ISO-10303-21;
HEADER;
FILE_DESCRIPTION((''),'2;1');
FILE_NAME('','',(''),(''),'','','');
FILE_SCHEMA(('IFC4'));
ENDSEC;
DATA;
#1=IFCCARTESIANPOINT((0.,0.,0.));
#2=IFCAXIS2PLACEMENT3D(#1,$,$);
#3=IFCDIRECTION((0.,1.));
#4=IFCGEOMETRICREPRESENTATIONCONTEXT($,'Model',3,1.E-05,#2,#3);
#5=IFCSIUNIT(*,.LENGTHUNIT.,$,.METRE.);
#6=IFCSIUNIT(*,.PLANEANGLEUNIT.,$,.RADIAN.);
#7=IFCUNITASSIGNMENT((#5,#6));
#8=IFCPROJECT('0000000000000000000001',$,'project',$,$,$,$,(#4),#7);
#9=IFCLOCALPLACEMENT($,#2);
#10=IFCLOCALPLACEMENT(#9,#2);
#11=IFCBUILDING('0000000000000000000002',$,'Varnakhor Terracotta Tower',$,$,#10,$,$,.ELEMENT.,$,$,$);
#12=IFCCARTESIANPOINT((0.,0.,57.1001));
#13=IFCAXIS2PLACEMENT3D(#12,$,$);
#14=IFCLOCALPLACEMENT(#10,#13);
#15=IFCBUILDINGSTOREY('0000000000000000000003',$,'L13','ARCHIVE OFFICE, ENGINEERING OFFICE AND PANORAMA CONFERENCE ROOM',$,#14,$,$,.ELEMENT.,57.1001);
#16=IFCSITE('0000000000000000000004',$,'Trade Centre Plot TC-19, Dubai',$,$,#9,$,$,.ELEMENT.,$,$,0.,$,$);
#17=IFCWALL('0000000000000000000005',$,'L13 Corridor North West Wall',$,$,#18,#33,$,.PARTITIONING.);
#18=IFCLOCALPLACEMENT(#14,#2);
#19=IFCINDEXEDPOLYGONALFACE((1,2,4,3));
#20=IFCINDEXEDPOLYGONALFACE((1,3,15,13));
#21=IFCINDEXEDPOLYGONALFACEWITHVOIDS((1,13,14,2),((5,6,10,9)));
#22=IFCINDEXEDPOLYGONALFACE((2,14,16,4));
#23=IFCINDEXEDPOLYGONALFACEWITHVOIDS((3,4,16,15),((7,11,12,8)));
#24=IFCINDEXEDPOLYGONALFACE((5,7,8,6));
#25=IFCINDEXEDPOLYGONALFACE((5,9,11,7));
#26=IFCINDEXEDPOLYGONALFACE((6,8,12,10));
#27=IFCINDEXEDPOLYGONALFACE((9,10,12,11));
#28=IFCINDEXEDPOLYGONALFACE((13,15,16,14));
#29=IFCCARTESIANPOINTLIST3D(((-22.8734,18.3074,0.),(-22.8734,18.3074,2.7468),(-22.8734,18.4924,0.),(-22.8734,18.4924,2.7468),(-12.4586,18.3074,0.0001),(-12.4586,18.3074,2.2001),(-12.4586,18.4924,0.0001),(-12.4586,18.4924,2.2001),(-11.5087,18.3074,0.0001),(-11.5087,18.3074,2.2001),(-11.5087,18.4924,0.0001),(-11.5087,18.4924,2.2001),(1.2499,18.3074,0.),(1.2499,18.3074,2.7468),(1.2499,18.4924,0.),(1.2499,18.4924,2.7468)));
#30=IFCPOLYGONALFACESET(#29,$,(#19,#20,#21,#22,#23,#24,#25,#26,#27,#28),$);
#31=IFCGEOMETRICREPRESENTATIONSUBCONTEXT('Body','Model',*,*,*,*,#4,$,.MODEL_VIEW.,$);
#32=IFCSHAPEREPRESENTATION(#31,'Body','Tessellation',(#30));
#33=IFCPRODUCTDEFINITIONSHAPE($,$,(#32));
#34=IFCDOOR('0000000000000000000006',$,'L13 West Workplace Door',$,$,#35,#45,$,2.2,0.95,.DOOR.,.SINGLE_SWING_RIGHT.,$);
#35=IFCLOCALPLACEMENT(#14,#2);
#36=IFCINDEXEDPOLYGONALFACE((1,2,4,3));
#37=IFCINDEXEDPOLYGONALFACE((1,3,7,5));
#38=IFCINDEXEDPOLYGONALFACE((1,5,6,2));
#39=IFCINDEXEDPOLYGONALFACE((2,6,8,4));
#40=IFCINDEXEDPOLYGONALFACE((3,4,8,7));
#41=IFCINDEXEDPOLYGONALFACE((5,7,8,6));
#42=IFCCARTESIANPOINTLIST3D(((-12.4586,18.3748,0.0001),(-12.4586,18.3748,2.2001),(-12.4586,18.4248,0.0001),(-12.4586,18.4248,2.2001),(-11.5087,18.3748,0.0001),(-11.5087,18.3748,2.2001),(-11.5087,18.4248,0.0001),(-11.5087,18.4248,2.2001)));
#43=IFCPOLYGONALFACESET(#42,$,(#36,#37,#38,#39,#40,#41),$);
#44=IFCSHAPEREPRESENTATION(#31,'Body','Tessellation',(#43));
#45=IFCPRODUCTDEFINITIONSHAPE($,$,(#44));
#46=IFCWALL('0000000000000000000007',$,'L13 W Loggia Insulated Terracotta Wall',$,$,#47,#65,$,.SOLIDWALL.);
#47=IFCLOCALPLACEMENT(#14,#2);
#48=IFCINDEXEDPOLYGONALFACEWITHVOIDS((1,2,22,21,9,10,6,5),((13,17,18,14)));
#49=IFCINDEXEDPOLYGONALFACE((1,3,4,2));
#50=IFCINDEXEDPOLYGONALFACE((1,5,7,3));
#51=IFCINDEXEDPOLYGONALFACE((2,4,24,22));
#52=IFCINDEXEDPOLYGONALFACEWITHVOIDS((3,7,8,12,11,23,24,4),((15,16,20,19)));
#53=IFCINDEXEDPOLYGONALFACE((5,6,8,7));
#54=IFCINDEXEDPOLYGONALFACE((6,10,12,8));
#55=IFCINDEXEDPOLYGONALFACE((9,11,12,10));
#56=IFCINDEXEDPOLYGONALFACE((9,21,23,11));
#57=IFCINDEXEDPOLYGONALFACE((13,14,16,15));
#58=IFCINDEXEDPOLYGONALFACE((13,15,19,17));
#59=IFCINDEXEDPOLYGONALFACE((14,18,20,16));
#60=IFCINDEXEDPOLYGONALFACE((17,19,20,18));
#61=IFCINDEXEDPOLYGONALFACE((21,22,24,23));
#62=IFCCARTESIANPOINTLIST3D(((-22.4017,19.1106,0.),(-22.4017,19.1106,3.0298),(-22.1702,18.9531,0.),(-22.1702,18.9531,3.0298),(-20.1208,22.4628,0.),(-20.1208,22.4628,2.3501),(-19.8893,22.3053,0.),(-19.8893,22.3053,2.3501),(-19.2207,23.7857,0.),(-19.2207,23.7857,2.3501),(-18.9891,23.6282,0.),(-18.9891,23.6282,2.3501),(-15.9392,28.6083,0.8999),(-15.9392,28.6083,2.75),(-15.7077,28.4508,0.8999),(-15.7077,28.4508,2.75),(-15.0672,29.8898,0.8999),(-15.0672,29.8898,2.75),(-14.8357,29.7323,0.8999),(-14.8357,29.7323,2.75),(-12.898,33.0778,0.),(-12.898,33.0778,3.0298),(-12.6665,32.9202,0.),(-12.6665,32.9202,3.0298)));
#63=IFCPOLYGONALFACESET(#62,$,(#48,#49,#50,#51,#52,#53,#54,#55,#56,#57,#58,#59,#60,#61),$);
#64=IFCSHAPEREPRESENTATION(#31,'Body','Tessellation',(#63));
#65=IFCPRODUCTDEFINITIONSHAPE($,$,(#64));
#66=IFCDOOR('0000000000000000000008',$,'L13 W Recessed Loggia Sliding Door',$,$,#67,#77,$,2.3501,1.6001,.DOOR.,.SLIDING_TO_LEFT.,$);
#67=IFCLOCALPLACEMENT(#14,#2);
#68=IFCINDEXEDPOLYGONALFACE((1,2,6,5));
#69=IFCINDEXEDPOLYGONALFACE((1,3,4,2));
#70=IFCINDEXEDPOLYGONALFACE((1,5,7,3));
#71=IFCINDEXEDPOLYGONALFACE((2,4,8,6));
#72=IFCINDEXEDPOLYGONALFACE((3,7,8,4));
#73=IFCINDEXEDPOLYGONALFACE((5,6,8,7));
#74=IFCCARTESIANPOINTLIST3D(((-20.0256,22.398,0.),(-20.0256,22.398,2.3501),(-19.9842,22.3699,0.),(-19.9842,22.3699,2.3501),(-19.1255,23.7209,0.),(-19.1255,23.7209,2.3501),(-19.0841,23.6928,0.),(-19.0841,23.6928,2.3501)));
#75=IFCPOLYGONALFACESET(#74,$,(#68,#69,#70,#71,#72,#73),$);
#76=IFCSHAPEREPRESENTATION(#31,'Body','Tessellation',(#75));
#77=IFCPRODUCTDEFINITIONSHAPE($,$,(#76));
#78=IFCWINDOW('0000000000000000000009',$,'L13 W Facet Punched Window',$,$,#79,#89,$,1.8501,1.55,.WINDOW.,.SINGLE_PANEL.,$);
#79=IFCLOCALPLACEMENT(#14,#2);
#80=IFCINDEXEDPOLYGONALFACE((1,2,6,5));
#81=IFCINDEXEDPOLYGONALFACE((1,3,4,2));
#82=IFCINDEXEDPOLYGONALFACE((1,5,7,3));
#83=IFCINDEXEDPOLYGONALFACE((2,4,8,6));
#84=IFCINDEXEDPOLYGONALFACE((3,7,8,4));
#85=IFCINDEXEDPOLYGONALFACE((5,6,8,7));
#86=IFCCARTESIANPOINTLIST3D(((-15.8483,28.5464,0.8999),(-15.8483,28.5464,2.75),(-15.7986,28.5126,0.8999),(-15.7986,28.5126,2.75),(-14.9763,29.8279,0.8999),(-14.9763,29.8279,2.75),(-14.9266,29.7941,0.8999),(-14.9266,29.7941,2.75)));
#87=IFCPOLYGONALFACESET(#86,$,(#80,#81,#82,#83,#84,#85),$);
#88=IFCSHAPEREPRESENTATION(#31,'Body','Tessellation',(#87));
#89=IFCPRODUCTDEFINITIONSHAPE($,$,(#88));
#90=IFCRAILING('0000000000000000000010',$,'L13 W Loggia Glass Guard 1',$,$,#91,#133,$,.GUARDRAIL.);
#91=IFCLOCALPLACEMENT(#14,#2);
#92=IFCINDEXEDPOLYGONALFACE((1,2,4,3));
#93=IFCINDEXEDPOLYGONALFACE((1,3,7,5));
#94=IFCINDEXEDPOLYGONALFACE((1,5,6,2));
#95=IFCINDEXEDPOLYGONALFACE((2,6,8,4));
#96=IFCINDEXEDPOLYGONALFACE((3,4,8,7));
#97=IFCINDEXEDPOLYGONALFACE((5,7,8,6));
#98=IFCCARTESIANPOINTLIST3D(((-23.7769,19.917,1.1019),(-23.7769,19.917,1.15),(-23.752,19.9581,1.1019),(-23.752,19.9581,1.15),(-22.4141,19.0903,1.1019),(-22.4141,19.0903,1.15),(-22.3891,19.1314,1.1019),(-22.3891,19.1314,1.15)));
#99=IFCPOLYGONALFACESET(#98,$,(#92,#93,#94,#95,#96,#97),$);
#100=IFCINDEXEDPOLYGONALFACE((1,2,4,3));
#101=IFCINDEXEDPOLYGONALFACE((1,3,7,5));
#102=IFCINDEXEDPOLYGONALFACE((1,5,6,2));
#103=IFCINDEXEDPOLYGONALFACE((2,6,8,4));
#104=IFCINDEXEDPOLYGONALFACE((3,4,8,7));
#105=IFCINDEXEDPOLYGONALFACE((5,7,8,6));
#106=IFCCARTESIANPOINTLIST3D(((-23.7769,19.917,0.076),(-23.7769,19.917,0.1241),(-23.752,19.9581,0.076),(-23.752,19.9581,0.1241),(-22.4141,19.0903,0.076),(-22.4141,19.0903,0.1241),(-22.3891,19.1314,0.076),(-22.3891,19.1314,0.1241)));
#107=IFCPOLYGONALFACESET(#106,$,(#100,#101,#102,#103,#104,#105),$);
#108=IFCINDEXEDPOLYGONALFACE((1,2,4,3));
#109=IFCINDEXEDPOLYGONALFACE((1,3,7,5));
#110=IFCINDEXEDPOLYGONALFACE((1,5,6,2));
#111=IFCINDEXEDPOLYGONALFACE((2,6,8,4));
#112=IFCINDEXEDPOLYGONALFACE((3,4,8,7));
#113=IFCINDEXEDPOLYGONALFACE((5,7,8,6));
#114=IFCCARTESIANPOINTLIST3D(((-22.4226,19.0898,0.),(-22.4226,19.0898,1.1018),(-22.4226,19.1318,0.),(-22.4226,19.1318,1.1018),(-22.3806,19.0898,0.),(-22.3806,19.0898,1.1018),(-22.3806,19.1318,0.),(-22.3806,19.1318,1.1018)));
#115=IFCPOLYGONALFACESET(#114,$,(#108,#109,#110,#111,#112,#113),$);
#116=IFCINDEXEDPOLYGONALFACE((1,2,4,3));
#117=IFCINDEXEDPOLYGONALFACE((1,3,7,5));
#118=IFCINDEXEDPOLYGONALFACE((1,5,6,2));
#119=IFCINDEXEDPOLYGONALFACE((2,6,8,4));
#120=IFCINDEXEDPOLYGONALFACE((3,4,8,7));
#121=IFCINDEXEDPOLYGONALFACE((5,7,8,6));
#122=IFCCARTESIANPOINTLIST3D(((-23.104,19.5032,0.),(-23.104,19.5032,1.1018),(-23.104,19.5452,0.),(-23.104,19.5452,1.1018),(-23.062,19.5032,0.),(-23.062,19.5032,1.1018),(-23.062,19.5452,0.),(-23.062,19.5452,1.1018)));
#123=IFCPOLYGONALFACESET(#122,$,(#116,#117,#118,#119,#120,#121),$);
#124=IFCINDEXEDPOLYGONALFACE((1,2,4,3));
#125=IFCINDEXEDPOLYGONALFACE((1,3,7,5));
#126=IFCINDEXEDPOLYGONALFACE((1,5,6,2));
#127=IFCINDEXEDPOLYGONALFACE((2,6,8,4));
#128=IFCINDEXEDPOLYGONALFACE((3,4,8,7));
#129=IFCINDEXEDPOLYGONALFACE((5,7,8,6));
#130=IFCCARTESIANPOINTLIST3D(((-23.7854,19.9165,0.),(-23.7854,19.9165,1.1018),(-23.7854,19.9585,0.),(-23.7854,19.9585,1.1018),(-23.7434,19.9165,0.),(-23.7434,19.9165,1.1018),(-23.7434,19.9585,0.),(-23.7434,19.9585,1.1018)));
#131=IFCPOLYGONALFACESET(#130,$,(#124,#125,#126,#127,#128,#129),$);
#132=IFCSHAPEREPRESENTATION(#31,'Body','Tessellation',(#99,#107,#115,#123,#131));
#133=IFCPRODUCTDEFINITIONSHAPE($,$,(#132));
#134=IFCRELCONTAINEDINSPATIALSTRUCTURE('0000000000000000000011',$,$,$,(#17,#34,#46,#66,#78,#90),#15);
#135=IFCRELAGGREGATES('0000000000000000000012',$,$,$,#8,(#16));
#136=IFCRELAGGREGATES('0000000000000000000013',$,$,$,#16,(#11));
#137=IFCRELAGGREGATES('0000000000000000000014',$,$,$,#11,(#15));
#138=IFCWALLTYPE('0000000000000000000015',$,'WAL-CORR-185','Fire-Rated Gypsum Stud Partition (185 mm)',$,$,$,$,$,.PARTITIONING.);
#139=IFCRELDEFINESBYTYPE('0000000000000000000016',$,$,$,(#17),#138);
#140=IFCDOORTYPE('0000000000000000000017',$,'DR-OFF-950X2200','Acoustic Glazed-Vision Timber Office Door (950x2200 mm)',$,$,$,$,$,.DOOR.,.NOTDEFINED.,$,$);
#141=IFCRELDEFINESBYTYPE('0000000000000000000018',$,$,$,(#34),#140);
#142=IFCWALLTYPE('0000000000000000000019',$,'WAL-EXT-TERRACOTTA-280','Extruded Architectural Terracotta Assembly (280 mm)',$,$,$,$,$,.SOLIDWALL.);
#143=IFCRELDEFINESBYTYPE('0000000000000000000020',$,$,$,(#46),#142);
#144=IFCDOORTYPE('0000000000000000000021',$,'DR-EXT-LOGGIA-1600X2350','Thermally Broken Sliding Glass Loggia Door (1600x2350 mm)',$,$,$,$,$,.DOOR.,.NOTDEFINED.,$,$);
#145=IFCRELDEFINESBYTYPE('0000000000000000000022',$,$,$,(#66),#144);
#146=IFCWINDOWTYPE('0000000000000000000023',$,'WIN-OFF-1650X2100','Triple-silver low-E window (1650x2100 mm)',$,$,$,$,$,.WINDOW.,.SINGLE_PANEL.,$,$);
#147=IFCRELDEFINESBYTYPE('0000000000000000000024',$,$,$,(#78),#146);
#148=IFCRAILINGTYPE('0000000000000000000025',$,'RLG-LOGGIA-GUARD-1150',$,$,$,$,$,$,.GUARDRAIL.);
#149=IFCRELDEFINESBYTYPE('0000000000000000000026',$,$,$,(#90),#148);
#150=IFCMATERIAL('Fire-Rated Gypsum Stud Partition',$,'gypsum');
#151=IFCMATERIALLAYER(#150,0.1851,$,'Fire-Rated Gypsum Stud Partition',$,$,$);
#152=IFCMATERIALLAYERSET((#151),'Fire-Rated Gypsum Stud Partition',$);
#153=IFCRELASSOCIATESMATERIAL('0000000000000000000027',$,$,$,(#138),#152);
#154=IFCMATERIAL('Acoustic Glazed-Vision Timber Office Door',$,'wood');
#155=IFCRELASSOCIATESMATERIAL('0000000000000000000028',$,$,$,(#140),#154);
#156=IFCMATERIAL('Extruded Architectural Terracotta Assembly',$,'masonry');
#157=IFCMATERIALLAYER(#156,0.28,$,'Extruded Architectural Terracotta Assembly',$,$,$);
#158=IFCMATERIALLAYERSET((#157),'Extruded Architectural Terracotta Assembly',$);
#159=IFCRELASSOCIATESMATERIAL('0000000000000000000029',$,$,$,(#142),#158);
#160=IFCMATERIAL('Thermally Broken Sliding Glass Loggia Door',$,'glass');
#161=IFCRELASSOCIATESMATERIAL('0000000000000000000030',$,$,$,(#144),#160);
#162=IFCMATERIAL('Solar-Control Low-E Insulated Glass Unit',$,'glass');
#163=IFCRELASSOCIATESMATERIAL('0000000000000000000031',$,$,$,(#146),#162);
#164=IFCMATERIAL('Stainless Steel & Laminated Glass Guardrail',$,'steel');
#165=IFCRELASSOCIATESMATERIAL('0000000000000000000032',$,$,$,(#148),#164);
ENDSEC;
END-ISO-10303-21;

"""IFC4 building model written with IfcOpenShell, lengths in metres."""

from ifc_helpers import new_model, si_unit, direction, frame, frame_2d, origin, origin_2d, place, context, subcontext, project, spatial, rectangle, extrude, source, transform, mapped, material, layer, layer_set, type_object, type_shapes, element, fill, save


model = new_model("IFC4")

# Units and contexts
model_context = context("Model", 3, precision=1e-05, world=origin(), true_north=direction((0.0, 1.0)))
body_context = subcontext(model_context, "Body", "Model", "MODEL_VIEW")
ifc_project = project(units=[si_unit("LENGTHUNIT", "METRE"), si_unit("PLANEANGLEUNIT", "RADIAN")], contexts=[model_context])

# Site, building, storey
site_placement = place(None, origin())
site = spatial("IfcSite", under=ifc_project, at=site_placement, Name="Trade Centre Plot TC-19, Dubai", CompositionType="ELEMENT", RefElevation=0.0)
building_placement = place(site_placement, origin())
building = spatial("IfcBuilding", under=site, at=building_placement, Name="Varnakhor Terracotta Tower", CompositionType="ELEMENT")
storey_placement = place(building_placement, frame((0.0, 0.0, 57.1001)))
storey = spatial("IfcBuildingStorey", under=building, at=storey_placement, Name="L13", Description="ARCHIVE OFFICE, ENGINEERING OFFICE AND PANORAMA CONFERENCE ROOM", CompositionType="ELEMENT", Elevation=57.1001)

# Wall, opening, door
ifc_material_1 = material(Name="Fire-Rated Gypsum Stud Partition", Category="gypsum")
ifc_layer_1 = layer(ifc_material_1, 0.1851, Name="Fire-Rated Gypsum Stud Partition")
ifc_layer_set_1 = layer_set([ifc_layer_1], Name="Fire-Rated Gypsum Stud Partition")
wall_type_1 = type_object("IfcWallType", Name="WAL-CORR-185", Description="Fire-Rated Gypsum Stud Partition (185 mm)", PredefinedType="PARTITIONING", material=ifc_layer_set_1)
ifc_material_2 = material(Name="Acoustic Glazed-Vision Timber Office Door", Category="wood")
door_type_1 = type_object("IfcDoorType", Name="DR-OFF-950X2200", Description="Acoustic Glazed-Vision Timber Office Door (950x2200 mm)", OperationType="NOTDEFINED", PredefinedType="DOOR", material=ifc_material_2)
shared_shape_1 = source(origin(), body_context, "Body", "SweptSolid", [
    extrude(rectangle(XDim=0.95, YDim=2.2, at=frame_2d((0.4751, 1.1001))), frame((0.0, 0.0249, 0.0), z_axis=(0.0, -1.0, 0.0), x_axis=(1.0, 0.0, 0.0)), (0.0, 0.0, 1.0), 0.05),
])
type_shapes(door_type_1, [shared_shape_1])
wall_1_placement = place(storey_placement, frame((-22.8733, 18.3999, 0.0), z_axis=(0.0, 0.0, 1.0), x_axis=(1.0, 0.0, 0.0)))
wall_1 = element("IfcWall", 1, at=wall_1_placement, inside=storey, type_object=wall_type_1, Name="L13 Corridor North West Wall", PredefinedType="PARTITIONING", context=body_context, shape_type="SweptSolid", body=[
    extrude(rectangle(XDim=24.1233, YDim=0.1851, at=frame_2d((12.0615, 0.0))), origin(), (0.0, 0.0, 1.0), 2.7468),
])
opening_1_placement = place(wall_1_placement, frame((10.4146, 0.0, 0.0)))
opening_1 = element("IfcOpeningElement", 2, at=opening_1_placement, cuts=wall_1, PredefinedType="OPENING", context=body_context, shape_type="SweptSolid", body=[
    extrude(rectangle(XDim=0.95, YDim=2.2, at=frame_2d((0.4751, 1.1001))), frame((0.0, 0.1025, 0.0), z_axis=(0.0, -1.0, 0.0), x_axis=(1.0, 0.0, 0.0)), (0.0, 0.0, 1.0), 0.2051),
])
door_1_placement = place(opening_1_placement, origin())
door_1 = element("IfcDoor", 3, at=door_1_placement, inside=storey, type_object=door_type_1, Name="L13 West Workplace Door", OperationType="SINGLE_SWING_RIGHT", OverallHeight=2.2, OverallWidth=0.95, PredefinedType="DOOR", context=body_context, shape_type="MappedRepresentation", body=[
    mapped(shared_shape_1, transform((0.0, 0.0, 0.0), scale=1.0)),
])
fill(opening_1, door_1)

# Wall, openings, door, window
ifc_material_3 = material(Name="Extruded Architectural Terracotta Assembly", Category="masonry")
ifc_layer_2 = layer(ifc_material_3, 0.28, Name="Extruded Architectural Terracotta Assembly")
ifc_layer_set_2 = layer_set([ifc_layer_2], Name="Extruded Architectural Terracotta Assembly")
wall_type_2 = type_object("IfcWallType", Name="WAL-EXT-TERRACOTTA-280", Description="Extruded Architectural Terracotta Assembly (280 mm)", PredefinedType="SOLIDWALL", material=ifc_layer_set_2)
wall_2_placement = place(storey_placement, frame((-22.2859, 19.032, 0.0), z_axis=(0.0, 0.0, 1.0), x_axis=(0.562556, 0.826759, 0.0)))
wall_2 = element("IfcWall", 4, at=wall_2_placement, inside=storey, type_object=wall_type_2, Name="L13 W Loggia Insulated Terracotta Wall", PredefinedType="SOLIDWALL", context=body_context, shape_type="SweptSolid", body=[
    extrude(rectangle(XDim=16.8938, YDim=0.28, at=frame_2d((8.4468, 0.0))), origin(), (0.0, 0.0, 1.0), 3.0298),
])
opening_2_placement = place(wall_2_placement, frame((4.0544, 0.0, 0.0)))
opening_2 = element("IfcOpeningElement", 5, at=opening_2_placement, cuts=wall_2, PredefinedType="OPENING", context=body_context, shape_type="SweptSolid", body=[
    extrude(rectangle(XDim=1.6001, YDim=2.3501, at=frame_2d((0.8, 1.175))), frame((0.0, 0.1499, 0.0), z_axis=(0.0, -1.0, 0.0), x_axis=(1.0, 0.0, 0.0)), (0.0, 0.0, 1.0), 0.3),
])
opening_3_placement = place(wall_2_placement, frame((11.4878, 0.0, 0.8999)))
opening_3 = element("IfcOpeningElement", 6, at=opening_3_placement, cuts=wall_2, PredefinedType="OPENING", context=body_context, shape_type="SweptSolid", body=[
    extrude(rectangle(XDim=1.55, YDim=1.8501, at=frame_2d((0.7749, 0.925))), frame((0.0, 0.1499, 0.0), z_axis=(0.0, -1.0, 0.0), x_axis=(1.0, 0.0, 0.0)), (0.0, 0.0, 1.0), 0.3),
])
ifc_material_4 = material(Name="Thermally Broken Sliding Glass Loggia Door", Category="glass")
door_type_2 = type_object("IfcDoorType", Name="DR-EXT-LOGGIA-1600X2350", Description="Thermally Broken Sliding Glass Loggia Door (1600x2350 mm)", OperationType="NOTDEFINED", PredefinedType="DOOR", material=ifc_material_4)
shared_shape_2 = source(origin(), body_context, "Body", "SweptSolid", [
    extrude(rectangle(XDim=1.6001, YDim=2.3501, at=frame_2d((0.8, 1.175))), frame((0.0, 0.0249, 0.0), z_axis=(0.0, -1.0, 0.0), x_axis=(1.0, 0.0, 0.0)), (0.0, 0.0, 1.0), 0.05),
])
type_shapes(door_type_2, [shared_shape_2])
door_2_placement = place(opening_2_placement, origin())
door_2 = element("IfcDoor", 7, at=door_2_placement, inside=storey, type_object=door_type_2, Name="L13 W Recessed Loggia Sliding Door", OperationType="SLIDING_TO_LEFT", OverallHeight=2.3501, OverallWidth=1.6001, PredefinedType="DOOR", context=body_context, shape_type="MappedRepresentation", body=[
    mapped(shared_shape_2, transform((0.0, 0.0, 0.0), scale=1.0)),
])
fill(opening_2, door_2)
ifc_material_5 = material(Name="Solar-Control Low-E Insulated Glass Unit", Category="glass")
window_type = type_object("IfcWindowType", Name="WIN-OFF-1650X2100", Description="Triple-silver low-E window (1650x2100 mm)", PartitioningType="SINGLE_PANEL", PredefinedType="WINDOW", material=ifc_material_5)
shared_shape_3 = source(origin(), body_context, "Body", "SweptSolid", [
    extrude(rectangle(XDim=1.55, YDim=1.8501, at=frame_2d((0.7749, 0.925))), frame((0.0, 0.03, 0.0), z_axis=(0.0, -1.0, 0.0), x_axis=(1.0, 0.0, 0.0)), (0.0, 0.0, 1.0), 0.0601),
])
type_shapes(window_type, [shared_shape_3])
window_placement = place(opening_3_placement, origin())
window = element("IfcWindow", 8, at=window_placement, inside=storey, type_object=window_type, Name="L13 W Facet Punched Window", OverallHeight=1.8501, OverallWidth=1.55, PartitioningType="SINGLE_PANEL", PredefinedType="WINDOW", context=body_context, shape_type="MappedRepresentation", body=[
    mapped(shared_shape_3, transform((0.0, 0.0, 0.0), scale=1.0)),
])
fill(opening_3, window)

# Railing
ifc_material_6 = material(Name="Stainless Steel & Laminated Glass Guardrail", Category="steel")
railing_type = type_object("IfcRailingType", Name="RLG-LOGGIA-GUARD-1150", PredefinedType="GUARDRAIL", material=ifc_material_6)
railing_1_placement = place(storey_placement, frame((-22.4016, 19.1108, 0.0)))
element("IfcRailing", 9, at=railing_1_placement, inside=storey, type_object=railing_type, Name="L13 W Loggia Glass Guard 1", PredefinedType="GUARDRAIL", context=body_context, shape_type="SweptSolid", body=[
    extrude(rectangle(XDim=0.0481, YDim=0.0481, at=origin_2d()), frame((0.0, 0.0, 1.126), z_axis=(-0.854996, 0.518634, 0.0), x_axis=(-0.518634, -0.854996, 0.0)), (0.0, 0.0, 1.0), 1.594),
    extrude(rectangle(XDim=0.0481, YDim=0.0481, at=origin_2d()), frame((0.0, 0.0, 0.1001), z_axis=(-0.854996, 0.518634, 0.0), x_axis=(-0.518634, -0.854996, 0.0)), (0.0, 0.0, 1.0), 1.594),
    extrude(rectangle(XDim=0.042, YDim=0.042, at=origin_2d()), origin(), (0.0, 0.0, 1.0), 1.1018),
    extrude(rectangle(XDim=0.042, YDim=0.042, at=origin_2d()), frame((-0.6814, 0.4133, 0.0)), (0.0, 0.0, 1.0), 1.1018),
    extrude(rectangle(XDim=0.042, YDim=0.042, at=origin_2d()), frame((-1.3628, 0.8267, 0.0)), (0.0, 0.0, 1.0), 1.1018),
])

save(model, "model.ifc")
